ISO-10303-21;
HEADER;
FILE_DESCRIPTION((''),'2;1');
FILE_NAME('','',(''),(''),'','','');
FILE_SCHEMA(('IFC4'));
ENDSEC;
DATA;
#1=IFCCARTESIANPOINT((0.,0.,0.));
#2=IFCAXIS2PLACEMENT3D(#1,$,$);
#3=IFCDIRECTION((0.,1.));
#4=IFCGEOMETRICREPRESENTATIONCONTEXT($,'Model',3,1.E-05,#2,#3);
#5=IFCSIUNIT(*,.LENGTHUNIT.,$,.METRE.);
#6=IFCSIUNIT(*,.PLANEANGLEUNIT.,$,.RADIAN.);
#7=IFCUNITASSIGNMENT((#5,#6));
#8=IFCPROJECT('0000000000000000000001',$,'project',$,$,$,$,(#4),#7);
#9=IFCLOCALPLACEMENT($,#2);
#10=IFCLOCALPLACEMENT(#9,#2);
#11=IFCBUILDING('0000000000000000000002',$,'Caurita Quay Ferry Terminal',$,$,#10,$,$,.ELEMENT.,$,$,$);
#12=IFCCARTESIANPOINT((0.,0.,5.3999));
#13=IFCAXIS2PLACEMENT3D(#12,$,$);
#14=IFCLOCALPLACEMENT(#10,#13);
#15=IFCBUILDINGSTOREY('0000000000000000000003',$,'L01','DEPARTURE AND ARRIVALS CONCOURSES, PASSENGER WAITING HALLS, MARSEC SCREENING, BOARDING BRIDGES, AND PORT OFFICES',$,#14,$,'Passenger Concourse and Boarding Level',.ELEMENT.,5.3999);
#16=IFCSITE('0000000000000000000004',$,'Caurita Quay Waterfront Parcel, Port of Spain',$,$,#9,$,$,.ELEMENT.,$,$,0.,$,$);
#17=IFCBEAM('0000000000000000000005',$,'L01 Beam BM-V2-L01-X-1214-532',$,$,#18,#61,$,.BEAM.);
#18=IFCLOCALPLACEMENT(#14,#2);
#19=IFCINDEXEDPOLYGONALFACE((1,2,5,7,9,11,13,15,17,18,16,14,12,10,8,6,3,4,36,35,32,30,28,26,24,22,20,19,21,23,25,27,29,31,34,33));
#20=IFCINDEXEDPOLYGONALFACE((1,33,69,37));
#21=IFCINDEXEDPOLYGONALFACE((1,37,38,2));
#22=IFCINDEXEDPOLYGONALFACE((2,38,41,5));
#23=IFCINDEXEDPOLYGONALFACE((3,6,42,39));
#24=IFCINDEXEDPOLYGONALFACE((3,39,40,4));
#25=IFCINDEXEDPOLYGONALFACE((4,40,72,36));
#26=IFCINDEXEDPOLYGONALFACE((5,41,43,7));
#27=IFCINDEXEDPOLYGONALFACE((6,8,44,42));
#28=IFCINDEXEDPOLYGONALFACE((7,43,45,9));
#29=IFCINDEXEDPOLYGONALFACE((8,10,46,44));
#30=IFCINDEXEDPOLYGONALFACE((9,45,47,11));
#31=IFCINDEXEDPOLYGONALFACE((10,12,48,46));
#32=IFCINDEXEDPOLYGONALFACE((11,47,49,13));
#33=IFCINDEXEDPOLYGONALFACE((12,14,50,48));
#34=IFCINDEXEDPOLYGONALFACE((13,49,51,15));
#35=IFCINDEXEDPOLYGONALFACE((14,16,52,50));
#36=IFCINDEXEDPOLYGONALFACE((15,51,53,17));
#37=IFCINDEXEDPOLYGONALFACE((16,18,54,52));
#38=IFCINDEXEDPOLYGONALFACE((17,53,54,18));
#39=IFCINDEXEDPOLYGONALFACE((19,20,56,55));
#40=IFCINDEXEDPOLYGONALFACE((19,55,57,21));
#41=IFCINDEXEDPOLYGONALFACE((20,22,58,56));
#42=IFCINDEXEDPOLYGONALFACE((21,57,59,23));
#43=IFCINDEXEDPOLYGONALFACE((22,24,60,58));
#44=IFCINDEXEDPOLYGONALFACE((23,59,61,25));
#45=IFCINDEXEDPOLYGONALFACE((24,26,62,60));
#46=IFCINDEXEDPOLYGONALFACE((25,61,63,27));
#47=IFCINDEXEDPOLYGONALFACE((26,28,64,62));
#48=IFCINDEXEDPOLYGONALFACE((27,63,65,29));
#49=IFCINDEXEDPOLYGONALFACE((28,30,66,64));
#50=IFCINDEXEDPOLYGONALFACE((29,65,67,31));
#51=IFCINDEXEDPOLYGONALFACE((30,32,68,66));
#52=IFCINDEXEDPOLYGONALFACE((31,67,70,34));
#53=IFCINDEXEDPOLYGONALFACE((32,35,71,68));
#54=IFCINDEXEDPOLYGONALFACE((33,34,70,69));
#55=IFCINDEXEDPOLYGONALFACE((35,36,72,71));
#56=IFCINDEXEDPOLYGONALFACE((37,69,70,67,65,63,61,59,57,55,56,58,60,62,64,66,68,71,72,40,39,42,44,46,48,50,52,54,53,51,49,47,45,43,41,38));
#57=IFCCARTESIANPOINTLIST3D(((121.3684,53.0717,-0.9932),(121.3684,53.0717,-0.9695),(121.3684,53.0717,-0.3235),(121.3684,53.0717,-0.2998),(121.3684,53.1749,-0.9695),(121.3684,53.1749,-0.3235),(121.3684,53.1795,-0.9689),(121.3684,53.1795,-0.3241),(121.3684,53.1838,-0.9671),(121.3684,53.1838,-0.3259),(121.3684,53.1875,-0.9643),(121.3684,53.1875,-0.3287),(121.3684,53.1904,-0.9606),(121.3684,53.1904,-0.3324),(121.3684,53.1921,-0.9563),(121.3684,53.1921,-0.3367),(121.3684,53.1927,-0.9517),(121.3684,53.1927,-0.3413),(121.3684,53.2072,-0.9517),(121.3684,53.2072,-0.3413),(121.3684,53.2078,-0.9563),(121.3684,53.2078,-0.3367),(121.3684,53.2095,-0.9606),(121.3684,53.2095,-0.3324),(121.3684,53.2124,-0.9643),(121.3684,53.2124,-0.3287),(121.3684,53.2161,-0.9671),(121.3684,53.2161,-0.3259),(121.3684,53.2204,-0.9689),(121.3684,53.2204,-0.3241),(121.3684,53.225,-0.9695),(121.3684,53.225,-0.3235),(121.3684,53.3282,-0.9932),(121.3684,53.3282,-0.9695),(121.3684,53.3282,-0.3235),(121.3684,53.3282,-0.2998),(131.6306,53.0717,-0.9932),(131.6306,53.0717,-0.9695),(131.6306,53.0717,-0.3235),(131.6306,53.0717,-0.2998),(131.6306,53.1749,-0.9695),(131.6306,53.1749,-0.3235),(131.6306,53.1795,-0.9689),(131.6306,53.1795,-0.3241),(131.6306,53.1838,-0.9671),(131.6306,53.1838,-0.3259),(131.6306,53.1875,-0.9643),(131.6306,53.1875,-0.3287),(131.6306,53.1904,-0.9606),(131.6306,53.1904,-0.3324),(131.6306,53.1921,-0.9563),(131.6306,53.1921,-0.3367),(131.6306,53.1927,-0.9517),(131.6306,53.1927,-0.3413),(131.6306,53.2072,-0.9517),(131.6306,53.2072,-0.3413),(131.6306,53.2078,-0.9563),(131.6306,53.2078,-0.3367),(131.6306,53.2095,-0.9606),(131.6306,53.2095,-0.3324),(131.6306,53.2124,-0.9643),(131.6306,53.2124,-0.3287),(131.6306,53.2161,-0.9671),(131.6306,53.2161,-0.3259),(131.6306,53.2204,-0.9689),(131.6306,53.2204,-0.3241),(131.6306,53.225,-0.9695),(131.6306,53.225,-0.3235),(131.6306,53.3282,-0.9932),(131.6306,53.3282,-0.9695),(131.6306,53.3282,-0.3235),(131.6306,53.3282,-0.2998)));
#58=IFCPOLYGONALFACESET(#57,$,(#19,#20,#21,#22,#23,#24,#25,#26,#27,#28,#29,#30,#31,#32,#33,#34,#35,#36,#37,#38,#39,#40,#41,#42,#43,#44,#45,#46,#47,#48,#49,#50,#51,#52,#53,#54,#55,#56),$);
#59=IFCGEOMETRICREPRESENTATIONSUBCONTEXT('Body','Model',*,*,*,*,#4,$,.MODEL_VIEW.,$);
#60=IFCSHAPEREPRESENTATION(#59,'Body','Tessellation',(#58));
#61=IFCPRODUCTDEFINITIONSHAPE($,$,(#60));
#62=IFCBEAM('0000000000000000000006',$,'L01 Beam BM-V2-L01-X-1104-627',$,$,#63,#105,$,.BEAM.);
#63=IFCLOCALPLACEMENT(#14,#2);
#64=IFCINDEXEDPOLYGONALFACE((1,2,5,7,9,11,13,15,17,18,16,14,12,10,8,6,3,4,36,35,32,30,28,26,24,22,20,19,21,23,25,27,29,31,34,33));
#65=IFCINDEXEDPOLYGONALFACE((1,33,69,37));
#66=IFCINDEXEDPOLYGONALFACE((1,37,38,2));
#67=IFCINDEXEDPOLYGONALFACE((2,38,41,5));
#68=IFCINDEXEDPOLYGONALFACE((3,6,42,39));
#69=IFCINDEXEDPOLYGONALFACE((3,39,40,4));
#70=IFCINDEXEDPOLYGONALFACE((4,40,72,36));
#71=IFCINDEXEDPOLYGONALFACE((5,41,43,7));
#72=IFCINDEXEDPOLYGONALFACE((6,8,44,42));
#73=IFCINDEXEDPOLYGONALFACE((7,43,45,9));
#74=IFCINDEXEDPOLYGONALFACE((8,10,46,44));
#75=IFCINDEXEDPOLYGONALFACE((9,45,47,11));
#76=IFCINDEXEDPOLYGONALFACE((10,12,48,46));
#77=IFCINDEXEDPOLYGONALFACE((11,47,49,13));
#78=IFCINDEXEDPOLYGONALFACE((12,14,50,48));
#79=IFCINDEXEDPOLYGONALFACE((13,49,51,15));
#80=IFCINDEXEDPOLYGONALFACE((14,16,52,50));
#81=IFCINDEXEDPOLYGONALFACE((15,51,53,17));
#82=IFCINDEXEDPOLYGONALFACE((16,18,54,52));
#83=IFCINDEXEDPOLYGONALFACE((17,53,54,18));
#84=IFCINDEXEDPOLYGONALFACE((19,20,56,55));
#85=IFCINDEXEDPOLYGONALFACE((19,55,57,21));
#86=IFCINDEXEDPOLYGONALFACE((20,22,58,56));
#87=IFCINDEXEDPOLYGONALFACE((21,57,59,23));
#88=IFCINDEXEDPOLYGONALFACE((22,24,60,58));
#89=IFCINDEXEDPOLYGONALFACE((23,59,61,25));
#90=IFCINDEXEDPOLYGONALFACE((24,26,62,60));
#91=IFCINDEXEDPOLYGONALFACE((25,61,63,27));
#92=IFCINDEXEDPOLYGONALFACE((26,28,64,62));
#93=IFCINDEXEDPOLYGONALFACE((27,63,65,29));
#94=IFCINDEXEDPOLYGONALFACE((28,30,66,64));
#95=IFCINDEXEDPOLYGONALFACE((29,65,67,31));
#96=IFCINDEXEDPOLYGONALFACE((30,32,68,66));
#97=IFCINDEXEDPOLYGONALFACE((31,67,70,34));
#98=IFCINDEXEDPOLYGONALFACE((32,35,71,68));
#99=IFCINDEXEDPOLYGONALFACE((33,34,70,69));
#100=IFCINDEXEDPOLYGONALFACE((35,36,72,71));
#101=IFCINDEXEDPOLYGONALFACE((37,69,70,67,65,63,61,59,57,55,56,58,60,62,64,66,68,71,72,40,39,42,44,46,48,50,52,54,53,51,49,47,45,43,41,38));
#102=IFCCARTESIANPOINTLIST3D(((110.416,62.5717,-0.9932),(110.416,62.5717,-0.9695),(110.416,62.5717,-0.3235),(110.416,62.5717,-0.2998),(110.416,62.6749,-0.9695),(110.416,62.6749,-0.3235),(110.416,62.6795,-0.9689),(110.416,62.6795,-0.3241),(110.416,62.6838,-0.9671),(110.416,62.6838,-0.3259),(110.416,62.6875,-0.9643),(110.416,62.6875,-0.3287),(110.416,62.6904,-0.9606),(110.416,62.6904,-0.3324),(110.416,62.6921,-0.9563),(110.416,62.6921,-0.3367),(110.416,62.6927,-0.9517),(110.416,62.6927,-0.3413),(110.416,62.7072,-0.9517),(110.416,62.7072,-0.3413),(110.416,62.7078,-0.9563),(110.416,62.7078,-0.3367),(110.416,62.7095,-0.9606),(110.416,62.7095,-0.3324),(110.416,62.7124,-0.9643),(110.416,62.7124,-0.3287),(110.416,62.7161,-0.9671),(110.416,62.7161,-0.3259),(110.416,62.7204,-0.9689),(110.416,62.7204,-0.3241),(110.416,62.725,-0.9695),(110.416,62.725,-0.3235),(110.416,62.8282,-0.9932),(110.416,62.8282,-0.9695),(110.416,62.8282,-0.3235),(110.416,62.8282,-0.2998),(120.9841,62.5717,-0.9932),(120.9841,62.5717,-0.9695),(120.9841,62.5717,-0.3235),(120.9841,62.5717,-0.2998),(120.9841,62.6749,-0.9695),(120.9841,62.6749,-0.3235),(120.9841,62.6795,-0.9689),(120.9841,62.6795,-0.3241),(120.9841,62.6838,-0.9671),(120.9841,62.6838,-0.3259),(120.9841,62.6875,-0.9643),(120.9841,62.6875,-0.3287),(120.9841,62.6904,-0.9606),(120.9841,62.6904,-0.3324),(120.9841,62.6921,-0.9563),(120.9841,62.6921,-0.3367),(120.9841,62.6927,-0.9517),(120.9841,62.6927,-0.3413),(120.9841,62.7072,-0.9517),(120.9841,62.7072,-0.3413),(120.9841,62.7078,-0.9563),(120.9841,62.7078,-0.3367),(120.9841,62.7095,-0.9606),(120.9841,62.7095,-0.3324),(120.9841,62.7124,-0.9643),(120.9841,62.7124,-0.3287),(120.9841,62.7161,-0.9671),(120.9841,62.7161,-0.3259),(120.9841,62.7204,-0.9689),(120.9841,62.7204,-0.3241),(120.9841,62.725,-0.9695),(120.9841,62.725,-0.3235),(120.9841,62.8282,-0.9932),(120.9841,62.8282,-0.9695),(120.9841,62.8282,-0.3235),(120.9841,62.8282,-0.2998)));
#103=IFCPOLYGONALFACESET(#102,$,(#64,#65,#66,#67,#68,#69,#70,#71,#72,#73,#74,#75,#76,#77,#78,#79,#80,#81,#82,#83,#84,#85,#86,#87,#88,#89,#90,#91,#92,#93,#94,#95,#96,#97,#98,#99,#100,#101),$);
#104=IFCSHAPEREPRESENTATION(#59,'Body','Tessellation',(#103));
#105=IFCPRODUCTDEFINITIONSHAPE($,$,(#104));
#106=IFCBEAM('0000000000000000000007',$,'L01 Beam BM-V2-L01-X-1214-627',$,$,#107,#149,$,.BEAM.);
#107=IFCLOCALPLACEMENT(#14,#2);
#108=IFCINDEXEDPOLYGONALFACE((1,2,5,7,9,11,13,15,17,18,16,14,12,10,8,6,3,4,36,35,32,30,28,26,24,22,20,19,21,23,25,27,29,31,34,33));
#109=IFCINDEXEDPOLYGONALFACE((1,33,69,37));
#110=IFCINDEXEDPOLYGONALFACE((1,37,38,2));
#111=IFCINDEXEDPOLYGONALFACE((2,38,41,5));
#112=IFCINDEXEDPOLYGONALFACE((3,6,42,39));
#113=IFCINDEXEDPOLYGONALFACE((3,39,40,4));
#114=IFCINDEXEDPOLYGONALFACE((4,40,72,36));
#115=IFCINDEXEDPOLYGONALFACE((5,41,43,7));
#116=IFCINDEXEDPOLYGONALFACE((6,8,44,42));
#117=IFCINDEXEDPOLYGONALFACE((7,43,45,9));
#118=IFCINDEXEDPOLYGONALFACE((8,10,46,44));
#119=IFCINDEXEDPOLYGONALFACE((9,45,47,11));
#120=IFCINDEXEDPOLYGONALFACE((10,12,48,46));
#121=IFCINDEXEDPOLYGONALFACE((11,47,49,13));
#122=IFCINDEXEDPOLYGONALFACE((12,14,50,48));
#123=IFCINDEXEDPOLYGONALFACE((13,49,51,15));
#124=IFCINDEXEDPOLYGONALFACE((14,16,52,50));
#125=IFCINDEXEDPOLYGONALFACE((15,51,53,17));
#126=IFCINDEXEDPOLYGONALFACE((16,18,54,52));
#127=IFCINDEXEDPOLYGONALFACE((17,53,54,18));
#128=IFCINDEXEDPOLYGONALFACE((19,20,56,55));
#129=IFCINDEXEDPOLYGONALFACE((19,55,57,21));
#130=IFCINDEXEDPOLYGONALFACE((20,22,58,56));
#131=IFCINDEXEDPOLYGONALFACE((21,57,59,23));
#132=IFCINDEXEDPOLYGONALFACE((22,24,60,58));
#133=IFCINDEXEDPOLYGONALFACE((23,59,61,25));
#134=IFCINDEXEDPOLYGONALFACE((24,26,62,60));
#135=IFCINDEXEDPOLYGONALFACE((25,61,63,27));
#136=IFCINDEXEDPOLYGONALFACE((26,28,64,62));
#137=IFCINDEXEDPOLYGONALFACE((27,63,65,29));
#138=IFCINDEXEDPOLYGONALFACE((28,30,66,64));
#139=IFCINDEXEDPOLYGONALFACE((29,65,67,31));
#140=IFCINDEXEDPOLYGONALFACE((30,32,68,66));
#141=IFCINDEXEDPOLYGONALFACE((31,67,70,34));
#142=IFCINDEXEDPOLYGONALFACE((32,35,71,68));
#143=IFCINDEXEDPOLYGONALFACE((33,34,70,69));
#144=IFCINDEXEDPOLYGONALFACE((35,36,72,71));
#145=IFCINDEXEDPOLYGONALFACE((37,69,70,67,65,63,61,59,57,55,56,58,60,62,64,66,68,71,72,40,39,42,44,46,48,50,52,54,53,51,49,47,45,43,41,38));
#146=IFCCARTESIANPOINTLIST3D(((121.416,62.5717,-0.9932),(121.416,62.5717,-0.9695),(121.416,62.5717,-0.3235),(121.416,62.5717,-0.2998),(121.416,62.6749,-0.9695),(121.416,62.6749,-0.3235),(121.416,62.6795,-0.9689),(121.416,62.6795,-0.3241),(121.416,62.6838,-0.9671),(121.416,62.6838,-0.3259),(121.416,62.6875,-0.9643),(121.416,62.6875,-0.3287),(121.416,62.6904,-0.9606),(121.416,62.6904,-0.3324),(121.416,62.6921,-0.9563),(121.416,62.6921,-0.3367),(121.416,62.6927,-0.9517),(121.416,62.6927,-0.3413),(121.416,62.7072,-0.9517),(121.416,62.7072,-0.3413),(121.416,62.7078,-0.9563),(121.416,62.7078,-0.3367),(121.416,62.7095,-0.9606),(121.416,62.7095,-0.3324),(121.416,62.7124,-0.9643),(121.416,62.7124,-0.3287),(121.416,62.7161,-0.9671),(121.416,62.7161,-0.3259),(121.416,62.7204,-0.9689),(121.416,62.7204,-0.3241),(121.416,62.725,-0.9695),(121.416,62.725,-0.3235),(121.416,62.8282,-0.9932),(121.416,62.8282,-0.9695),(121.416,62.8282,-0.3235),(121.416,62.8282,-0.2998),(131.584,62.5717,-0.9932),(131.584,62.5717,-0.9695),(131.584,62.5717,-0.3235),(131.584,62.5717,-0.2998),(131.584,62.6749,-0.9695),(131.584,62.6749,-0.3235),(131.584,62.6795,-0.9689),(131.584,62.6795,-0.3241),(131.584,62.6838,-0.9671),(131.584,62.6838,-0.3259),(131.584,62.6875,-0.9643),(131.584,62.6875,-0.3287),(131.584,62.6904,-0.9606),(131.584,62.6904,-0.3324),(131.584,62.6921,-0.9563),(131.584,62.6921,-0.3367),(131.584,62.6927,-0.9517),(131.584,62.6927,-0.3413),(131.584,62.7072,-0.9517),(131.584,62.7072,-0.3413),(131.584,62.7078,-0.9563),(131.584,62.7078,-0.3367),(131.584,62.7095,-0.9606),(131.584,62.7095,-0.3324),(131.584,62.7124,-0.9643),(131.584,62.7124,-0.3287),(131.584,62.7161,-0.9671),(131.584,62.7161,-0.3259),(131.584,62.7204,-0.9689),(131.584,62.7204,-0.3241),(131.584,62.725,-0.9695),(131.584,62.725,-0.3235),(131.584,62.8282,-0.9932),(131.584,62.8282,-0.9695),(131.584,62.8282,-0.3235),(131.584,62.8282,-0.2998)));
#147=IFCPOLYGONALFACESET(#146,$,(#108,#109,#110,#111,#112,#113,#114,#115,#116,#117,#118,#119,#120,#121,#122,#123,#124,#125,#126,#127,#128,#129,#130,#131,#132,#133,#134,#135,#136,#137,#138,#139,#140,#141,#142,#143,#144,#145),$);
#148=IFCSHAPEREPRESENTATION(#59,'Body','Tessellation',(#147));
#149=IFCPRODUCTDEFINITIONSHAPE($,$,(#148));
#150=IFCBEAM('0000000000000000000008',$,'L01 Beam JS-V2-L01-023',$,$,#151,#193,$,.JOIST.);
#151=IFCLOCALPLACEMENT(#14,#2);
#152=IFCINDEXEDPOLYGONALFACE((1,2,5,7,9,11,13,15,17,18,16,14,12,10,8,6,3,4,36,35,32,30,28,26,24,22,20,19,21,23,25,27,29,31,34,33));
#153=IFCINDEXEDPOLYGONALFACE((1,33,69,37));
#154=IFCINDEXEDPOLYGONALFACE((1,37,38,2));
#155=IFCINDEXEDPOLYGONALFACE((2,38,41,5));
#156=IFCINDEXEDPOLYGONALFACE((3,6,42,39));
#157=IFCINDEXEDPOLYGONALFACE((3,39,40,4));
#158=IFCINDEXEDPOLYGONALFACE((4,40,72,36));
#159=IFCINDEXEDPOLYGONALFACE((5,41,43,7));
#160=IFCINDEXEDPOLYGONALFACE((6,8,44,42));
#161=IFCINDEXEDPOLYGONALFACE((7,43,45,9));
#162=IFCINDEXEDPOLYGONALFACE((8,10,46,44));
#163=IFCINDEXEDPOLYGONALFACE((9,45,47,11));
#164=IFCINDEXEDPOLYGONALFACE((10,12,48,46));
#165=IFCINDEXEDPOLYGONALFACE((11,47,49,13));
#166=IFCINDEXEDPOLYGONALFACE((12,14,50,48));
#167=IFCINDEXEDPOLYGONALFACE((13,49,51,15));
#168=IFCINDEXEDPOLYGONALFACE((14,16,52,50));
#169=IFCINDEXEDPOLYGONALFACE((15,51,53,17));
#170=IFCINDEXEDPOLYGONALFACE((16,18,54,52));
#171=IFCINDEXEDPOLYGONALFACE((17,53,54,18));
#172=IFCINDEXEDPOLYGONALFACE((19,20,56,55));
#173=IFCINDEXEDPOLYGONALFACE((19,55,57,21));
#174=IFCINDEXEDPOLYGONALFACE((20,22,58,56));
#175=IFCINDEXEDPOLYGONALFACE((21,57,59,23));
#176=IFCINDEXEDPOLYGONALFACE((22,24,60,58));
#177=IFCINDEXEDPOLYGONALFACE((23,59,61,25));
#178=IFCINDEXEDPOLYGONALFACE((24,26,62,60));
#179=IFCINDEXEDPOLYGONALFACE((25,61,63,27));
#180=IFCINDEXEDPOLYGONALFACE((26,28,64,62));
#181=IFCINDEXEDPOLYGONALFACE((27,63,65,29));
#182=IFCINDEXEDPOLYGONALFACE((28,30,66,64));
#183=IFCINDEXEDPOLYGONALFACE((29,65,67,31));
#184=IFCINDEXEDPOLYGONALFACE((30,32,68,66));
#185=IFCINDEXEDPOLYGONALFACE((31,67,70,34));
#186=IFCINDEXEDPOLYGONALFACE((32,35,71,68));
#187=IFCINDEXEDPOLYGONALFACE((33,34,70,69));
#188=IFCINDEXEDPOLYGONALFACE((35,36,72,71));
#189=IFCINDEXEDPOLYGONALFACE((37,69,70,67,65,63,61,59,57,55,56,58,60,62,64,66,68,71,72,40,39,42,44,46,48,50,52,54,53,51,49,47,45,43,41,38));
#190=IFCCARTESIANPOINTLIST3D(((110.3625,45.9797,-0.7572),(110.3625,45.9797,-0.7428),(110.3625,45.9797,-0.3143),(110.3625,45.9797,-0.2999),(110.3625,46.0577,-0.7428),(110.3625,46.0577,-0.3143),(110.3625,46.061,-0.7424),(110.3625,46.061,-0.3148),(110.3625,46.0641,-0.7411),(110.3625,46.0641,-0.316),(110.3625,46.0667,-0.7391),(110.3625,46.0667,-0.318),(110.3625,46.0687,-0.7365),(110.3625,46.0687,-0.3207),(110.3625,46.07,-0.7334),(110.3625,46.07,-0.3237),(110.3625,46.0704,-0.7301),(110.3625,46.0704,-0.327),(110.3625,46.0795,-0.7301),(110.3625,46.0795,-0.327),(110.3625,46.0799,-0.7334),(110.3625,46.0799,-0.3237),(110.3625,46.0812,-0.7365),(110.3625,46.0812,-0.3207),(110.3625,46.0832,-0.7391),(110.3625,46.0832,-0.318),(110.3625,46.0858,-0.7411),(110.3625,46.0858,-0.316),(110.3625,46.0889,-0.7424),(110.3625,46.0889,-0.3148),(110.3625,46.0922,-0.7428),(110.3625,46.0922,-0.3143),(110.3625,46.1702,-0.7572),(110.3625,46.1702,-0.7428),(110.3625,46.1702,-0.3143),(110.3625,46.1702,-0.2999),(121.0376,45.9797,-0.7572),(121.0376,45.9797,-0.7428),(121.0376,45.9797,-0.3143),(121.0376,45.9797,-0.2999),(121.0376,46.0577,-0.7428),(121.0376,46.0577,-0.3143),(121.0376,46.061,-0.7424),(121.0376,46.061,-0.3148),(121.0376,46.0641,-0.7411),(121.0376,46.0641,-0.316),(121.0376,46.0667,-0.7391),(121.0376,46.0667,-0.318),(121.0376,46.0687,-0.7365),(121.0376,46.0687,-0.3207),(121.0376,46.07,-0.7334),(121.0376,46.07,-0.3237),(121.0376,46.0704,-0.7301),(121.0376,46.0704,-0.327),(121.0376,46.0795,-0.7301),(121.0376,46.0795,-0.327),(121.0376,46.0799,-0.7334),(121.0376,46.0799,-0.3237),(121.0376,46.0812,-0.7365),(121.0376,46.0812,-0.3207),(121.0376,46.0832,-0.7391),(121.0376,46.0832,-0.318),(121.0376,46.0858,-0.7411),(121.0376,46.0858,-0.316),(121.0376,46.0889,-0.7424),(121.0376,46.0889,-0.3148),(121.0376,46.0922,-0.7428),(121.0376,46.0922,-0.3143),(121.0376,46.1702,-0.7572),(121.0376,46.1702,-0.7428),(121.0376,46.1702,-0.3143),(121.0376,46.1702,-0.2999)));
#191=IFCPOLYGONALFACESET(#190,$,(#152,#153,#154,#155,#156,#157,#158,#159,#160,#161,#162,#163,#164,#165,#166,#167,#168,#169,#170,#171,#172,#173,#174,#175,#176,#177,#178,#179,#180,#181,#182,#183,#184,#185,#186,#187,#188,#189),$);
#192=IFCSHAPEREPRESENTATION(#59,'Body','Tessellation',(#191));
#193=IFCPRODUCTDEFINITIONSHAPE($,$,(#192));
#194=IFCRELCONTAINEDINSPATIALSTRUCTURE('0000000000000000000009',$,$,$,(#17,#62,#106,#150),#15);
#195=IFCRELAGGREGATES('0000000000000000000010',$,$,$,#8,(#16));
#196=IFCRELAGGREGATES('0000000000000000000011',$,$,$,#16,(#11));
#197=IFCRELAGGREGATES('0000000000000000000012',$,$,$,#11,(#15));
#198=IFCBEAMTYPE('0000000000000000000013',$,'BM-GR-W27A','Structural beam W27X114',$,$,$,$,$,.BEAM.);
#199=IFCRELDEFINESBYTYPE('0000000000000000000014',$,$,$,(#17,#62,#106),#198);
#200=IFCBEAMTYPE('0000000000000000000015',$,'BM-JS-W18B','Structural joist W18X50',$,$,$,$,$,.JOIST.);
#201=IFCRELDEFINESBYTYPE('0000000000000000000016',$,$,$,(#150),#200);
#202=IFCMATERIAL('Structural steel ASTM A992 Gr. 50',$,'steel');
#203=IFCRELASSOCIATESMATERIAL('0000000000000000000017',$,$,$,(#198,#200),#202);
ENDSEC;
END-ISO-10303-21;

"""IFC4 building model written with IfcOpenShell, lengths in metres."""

from ifc_helpers import new_model, si_unit, direction, frame, origin, origin_2d, place, context, subcontext, project, spatial, i_section, extrude, material, material_profile, profile_set, type_object, element, save


model = new_model("IFC4")

# Units and contexts
model_context = context("Model", 3, precision=1e-05, world=origin(), true_north=direction((0.0, 1.0)))
body_context = subcontext(model_context, "Body", "Model", "MODEL_VIEW")
ifc_project = project(units=[si_unit("LENGTHUNIT", "METRE"), si_unit("PLANEANGLEUNIT", "RADIAN")], contexts=[model_context])

# Site, building, storey
site_placement = place(None, origin())
site = spatial("IfcSite", under=ifc_project, at=site_placement, Name="Caurita Quay Waterfront Parcel, Port of Spain", CompositionType="ELEMENT", RefElevation=0.0)
building_placement = place(site_placement, origin())
building = spatial("IfcBuilding", under=site, at=building_placement, Name="Caurita Quay Ferry Terminal", CompositionType="ELEMENT")
storey_placement = place(building_placement, frame((0.0, 0.0, 5.3999)))
storey = spatial("IfcBuildingStorey", under=building, at=storey_placement, Name="L01", Description="DEPARTURE AND ARRIVALS CONCOURSES, PASSENGER WAITING HALLS, MARSEC SCREENING, BOARDING BRIDGES, AND PORT OFFICES", LongName="Passenger Concourse and Boarding Level", CompositionType="ELEMENT", Elevation=5.3999)

# Beams
ifc_material_1 = material(Name="Structural steel ASTM A992 Gr. 50", Category="steel")
ifc_material_profile_1 = material_profile(ifc_material_1, i_section(OverallWidth=0.2566, OverallDepth=0.6934, WebThickness=0.0144, FlangeThickness=0.0237, FilletRadius=0.0178, at=origin_2d()), Name="W27X114")
ifc_profile_set_1 = profile_set([ifc_material_profile_1], Name="Structural steel ASTM A992 Gr. 50")
beam_type_1 = type_object("IfcBeamType", Name="BM-GR-W27A", Description="Structural beam W27X114", PredefinedType="BEAM", material=ifc_profile_set_1)
beam_1_placement = place(storey_placement, frame((121.3684, 53.2, -0.6465), z_axis=(1.0, 0.0, 0.0), x_axis=(0.0, 1.0, 0.0)))
element("IfcBeam", 1, at=beam_1_placement, inside=storey, type_object=beam_type_1, Name="L01 Beam BM-V2-L01-X-1214-532", PredefinedType="BEAM", context=body_context, shape_type="SweptSolid", body=[
    extrude(i_section(OverallWidth=0.2566, OverallDepth=0.6934, WebThickness=0.0144, FlangeThickness=0.0237, FilletRadius=0.0178, at=origin_2d()), origin(), (0.0, 0.0, 1.0), 10.2622),
])
beam_2_placement = place(storey_placement, frame((110.416, 62.7, -0.6465), z_axis=(1.0, 0.0, 0.0), x_axis=(0.0, 1.0, 0.0)))
element("IfcBeam", 2, at=beam_2_placement, inside=storey, type_object=beam_type_1, Name="L01 Beam BM-V2-L01-X-1104-627", PredefinedType="BEAM", context=body_context, shape_type="SweptSolid", body=[
    extrude(i_section(OverallWidth=0.2566, OverallDepth=0.6934, WebThickness=0.0144, FlangeThickness=0.0237, FilletRadius=0.0178, at=origin_2d()), origin(), (0.0, 0.0, 1.0), 10.5681),
])
beam_3_placement = place(storey_placement, frame((121.416, 62.7, -0.6465), z_axis=(1.0, 0.0, 0.0), x_axis=(0.0, 1.0, 0.0)))
element("IfcBeam", 3, at=beam_3_placement, inside=storey, type_object=beam_type_1, Name="L01 Beam BM-V2-L01-X-1214-627", PredefinedType="BEAM", context=body_context, shape_type="SweptSolid", body=[
    extrude(i_section(OverallWidth=0.2566, OverallDepth=0.6934, WebThickness=0.0144, FlangeThickness=0.0237, FilletRadius=0.0178, at=origin_2d()), origin(), (0.0, 0.0, 1.0), 10.168),
])
ifc_material_profile_2 = material_profile(ifc_material_1, i_section(OverallWidth=0.1904, OverallDepth=0.4573, WebThickness=0.009, FlangeThickness=0.0144, FilletRadius=0.0127, at=origin_2d()), Name="W18X50")
ifc_profile_set_2 = profile_set([ifc_material_profile_2], Name="Structural steel ASTM A992 Gr. 50")
beam_type_2 = type_object("IfcBeamType", Name="BM-JS-W18B", Description="Structural joist W18X50", PredefinedType="JOIST", material=ifc_profile_set_2)
for number, where, z_axis, x_axis, name in (
    (4, (110.3625, 46.075, -0.5286), (1.0, 0.0, 0.0), (0.0, 1.0, 0.0), "L01 Beam JS-V2-L01-023"),
):
    element("IfcBeam", number, at=place(storey_placement, frame(where, z_axis=z_axis, x_axis=x_axis)), inside=storey, type_object=beam_type_2, Name=name, PredefinedType="JOIST", context=body_context, shape_type="SweptSolid", body=[
        extrude(i_section(OverallWidth=0.1904, OverallDepth=0.4573, WebThickness=0.009, FlangeThickness=0.0144, FilletRadius=0.0127, at=origin_2d()), origin(), (0.0, 0.0, 1.0), 10.675),
    ])

save(model, "model.ifc")
